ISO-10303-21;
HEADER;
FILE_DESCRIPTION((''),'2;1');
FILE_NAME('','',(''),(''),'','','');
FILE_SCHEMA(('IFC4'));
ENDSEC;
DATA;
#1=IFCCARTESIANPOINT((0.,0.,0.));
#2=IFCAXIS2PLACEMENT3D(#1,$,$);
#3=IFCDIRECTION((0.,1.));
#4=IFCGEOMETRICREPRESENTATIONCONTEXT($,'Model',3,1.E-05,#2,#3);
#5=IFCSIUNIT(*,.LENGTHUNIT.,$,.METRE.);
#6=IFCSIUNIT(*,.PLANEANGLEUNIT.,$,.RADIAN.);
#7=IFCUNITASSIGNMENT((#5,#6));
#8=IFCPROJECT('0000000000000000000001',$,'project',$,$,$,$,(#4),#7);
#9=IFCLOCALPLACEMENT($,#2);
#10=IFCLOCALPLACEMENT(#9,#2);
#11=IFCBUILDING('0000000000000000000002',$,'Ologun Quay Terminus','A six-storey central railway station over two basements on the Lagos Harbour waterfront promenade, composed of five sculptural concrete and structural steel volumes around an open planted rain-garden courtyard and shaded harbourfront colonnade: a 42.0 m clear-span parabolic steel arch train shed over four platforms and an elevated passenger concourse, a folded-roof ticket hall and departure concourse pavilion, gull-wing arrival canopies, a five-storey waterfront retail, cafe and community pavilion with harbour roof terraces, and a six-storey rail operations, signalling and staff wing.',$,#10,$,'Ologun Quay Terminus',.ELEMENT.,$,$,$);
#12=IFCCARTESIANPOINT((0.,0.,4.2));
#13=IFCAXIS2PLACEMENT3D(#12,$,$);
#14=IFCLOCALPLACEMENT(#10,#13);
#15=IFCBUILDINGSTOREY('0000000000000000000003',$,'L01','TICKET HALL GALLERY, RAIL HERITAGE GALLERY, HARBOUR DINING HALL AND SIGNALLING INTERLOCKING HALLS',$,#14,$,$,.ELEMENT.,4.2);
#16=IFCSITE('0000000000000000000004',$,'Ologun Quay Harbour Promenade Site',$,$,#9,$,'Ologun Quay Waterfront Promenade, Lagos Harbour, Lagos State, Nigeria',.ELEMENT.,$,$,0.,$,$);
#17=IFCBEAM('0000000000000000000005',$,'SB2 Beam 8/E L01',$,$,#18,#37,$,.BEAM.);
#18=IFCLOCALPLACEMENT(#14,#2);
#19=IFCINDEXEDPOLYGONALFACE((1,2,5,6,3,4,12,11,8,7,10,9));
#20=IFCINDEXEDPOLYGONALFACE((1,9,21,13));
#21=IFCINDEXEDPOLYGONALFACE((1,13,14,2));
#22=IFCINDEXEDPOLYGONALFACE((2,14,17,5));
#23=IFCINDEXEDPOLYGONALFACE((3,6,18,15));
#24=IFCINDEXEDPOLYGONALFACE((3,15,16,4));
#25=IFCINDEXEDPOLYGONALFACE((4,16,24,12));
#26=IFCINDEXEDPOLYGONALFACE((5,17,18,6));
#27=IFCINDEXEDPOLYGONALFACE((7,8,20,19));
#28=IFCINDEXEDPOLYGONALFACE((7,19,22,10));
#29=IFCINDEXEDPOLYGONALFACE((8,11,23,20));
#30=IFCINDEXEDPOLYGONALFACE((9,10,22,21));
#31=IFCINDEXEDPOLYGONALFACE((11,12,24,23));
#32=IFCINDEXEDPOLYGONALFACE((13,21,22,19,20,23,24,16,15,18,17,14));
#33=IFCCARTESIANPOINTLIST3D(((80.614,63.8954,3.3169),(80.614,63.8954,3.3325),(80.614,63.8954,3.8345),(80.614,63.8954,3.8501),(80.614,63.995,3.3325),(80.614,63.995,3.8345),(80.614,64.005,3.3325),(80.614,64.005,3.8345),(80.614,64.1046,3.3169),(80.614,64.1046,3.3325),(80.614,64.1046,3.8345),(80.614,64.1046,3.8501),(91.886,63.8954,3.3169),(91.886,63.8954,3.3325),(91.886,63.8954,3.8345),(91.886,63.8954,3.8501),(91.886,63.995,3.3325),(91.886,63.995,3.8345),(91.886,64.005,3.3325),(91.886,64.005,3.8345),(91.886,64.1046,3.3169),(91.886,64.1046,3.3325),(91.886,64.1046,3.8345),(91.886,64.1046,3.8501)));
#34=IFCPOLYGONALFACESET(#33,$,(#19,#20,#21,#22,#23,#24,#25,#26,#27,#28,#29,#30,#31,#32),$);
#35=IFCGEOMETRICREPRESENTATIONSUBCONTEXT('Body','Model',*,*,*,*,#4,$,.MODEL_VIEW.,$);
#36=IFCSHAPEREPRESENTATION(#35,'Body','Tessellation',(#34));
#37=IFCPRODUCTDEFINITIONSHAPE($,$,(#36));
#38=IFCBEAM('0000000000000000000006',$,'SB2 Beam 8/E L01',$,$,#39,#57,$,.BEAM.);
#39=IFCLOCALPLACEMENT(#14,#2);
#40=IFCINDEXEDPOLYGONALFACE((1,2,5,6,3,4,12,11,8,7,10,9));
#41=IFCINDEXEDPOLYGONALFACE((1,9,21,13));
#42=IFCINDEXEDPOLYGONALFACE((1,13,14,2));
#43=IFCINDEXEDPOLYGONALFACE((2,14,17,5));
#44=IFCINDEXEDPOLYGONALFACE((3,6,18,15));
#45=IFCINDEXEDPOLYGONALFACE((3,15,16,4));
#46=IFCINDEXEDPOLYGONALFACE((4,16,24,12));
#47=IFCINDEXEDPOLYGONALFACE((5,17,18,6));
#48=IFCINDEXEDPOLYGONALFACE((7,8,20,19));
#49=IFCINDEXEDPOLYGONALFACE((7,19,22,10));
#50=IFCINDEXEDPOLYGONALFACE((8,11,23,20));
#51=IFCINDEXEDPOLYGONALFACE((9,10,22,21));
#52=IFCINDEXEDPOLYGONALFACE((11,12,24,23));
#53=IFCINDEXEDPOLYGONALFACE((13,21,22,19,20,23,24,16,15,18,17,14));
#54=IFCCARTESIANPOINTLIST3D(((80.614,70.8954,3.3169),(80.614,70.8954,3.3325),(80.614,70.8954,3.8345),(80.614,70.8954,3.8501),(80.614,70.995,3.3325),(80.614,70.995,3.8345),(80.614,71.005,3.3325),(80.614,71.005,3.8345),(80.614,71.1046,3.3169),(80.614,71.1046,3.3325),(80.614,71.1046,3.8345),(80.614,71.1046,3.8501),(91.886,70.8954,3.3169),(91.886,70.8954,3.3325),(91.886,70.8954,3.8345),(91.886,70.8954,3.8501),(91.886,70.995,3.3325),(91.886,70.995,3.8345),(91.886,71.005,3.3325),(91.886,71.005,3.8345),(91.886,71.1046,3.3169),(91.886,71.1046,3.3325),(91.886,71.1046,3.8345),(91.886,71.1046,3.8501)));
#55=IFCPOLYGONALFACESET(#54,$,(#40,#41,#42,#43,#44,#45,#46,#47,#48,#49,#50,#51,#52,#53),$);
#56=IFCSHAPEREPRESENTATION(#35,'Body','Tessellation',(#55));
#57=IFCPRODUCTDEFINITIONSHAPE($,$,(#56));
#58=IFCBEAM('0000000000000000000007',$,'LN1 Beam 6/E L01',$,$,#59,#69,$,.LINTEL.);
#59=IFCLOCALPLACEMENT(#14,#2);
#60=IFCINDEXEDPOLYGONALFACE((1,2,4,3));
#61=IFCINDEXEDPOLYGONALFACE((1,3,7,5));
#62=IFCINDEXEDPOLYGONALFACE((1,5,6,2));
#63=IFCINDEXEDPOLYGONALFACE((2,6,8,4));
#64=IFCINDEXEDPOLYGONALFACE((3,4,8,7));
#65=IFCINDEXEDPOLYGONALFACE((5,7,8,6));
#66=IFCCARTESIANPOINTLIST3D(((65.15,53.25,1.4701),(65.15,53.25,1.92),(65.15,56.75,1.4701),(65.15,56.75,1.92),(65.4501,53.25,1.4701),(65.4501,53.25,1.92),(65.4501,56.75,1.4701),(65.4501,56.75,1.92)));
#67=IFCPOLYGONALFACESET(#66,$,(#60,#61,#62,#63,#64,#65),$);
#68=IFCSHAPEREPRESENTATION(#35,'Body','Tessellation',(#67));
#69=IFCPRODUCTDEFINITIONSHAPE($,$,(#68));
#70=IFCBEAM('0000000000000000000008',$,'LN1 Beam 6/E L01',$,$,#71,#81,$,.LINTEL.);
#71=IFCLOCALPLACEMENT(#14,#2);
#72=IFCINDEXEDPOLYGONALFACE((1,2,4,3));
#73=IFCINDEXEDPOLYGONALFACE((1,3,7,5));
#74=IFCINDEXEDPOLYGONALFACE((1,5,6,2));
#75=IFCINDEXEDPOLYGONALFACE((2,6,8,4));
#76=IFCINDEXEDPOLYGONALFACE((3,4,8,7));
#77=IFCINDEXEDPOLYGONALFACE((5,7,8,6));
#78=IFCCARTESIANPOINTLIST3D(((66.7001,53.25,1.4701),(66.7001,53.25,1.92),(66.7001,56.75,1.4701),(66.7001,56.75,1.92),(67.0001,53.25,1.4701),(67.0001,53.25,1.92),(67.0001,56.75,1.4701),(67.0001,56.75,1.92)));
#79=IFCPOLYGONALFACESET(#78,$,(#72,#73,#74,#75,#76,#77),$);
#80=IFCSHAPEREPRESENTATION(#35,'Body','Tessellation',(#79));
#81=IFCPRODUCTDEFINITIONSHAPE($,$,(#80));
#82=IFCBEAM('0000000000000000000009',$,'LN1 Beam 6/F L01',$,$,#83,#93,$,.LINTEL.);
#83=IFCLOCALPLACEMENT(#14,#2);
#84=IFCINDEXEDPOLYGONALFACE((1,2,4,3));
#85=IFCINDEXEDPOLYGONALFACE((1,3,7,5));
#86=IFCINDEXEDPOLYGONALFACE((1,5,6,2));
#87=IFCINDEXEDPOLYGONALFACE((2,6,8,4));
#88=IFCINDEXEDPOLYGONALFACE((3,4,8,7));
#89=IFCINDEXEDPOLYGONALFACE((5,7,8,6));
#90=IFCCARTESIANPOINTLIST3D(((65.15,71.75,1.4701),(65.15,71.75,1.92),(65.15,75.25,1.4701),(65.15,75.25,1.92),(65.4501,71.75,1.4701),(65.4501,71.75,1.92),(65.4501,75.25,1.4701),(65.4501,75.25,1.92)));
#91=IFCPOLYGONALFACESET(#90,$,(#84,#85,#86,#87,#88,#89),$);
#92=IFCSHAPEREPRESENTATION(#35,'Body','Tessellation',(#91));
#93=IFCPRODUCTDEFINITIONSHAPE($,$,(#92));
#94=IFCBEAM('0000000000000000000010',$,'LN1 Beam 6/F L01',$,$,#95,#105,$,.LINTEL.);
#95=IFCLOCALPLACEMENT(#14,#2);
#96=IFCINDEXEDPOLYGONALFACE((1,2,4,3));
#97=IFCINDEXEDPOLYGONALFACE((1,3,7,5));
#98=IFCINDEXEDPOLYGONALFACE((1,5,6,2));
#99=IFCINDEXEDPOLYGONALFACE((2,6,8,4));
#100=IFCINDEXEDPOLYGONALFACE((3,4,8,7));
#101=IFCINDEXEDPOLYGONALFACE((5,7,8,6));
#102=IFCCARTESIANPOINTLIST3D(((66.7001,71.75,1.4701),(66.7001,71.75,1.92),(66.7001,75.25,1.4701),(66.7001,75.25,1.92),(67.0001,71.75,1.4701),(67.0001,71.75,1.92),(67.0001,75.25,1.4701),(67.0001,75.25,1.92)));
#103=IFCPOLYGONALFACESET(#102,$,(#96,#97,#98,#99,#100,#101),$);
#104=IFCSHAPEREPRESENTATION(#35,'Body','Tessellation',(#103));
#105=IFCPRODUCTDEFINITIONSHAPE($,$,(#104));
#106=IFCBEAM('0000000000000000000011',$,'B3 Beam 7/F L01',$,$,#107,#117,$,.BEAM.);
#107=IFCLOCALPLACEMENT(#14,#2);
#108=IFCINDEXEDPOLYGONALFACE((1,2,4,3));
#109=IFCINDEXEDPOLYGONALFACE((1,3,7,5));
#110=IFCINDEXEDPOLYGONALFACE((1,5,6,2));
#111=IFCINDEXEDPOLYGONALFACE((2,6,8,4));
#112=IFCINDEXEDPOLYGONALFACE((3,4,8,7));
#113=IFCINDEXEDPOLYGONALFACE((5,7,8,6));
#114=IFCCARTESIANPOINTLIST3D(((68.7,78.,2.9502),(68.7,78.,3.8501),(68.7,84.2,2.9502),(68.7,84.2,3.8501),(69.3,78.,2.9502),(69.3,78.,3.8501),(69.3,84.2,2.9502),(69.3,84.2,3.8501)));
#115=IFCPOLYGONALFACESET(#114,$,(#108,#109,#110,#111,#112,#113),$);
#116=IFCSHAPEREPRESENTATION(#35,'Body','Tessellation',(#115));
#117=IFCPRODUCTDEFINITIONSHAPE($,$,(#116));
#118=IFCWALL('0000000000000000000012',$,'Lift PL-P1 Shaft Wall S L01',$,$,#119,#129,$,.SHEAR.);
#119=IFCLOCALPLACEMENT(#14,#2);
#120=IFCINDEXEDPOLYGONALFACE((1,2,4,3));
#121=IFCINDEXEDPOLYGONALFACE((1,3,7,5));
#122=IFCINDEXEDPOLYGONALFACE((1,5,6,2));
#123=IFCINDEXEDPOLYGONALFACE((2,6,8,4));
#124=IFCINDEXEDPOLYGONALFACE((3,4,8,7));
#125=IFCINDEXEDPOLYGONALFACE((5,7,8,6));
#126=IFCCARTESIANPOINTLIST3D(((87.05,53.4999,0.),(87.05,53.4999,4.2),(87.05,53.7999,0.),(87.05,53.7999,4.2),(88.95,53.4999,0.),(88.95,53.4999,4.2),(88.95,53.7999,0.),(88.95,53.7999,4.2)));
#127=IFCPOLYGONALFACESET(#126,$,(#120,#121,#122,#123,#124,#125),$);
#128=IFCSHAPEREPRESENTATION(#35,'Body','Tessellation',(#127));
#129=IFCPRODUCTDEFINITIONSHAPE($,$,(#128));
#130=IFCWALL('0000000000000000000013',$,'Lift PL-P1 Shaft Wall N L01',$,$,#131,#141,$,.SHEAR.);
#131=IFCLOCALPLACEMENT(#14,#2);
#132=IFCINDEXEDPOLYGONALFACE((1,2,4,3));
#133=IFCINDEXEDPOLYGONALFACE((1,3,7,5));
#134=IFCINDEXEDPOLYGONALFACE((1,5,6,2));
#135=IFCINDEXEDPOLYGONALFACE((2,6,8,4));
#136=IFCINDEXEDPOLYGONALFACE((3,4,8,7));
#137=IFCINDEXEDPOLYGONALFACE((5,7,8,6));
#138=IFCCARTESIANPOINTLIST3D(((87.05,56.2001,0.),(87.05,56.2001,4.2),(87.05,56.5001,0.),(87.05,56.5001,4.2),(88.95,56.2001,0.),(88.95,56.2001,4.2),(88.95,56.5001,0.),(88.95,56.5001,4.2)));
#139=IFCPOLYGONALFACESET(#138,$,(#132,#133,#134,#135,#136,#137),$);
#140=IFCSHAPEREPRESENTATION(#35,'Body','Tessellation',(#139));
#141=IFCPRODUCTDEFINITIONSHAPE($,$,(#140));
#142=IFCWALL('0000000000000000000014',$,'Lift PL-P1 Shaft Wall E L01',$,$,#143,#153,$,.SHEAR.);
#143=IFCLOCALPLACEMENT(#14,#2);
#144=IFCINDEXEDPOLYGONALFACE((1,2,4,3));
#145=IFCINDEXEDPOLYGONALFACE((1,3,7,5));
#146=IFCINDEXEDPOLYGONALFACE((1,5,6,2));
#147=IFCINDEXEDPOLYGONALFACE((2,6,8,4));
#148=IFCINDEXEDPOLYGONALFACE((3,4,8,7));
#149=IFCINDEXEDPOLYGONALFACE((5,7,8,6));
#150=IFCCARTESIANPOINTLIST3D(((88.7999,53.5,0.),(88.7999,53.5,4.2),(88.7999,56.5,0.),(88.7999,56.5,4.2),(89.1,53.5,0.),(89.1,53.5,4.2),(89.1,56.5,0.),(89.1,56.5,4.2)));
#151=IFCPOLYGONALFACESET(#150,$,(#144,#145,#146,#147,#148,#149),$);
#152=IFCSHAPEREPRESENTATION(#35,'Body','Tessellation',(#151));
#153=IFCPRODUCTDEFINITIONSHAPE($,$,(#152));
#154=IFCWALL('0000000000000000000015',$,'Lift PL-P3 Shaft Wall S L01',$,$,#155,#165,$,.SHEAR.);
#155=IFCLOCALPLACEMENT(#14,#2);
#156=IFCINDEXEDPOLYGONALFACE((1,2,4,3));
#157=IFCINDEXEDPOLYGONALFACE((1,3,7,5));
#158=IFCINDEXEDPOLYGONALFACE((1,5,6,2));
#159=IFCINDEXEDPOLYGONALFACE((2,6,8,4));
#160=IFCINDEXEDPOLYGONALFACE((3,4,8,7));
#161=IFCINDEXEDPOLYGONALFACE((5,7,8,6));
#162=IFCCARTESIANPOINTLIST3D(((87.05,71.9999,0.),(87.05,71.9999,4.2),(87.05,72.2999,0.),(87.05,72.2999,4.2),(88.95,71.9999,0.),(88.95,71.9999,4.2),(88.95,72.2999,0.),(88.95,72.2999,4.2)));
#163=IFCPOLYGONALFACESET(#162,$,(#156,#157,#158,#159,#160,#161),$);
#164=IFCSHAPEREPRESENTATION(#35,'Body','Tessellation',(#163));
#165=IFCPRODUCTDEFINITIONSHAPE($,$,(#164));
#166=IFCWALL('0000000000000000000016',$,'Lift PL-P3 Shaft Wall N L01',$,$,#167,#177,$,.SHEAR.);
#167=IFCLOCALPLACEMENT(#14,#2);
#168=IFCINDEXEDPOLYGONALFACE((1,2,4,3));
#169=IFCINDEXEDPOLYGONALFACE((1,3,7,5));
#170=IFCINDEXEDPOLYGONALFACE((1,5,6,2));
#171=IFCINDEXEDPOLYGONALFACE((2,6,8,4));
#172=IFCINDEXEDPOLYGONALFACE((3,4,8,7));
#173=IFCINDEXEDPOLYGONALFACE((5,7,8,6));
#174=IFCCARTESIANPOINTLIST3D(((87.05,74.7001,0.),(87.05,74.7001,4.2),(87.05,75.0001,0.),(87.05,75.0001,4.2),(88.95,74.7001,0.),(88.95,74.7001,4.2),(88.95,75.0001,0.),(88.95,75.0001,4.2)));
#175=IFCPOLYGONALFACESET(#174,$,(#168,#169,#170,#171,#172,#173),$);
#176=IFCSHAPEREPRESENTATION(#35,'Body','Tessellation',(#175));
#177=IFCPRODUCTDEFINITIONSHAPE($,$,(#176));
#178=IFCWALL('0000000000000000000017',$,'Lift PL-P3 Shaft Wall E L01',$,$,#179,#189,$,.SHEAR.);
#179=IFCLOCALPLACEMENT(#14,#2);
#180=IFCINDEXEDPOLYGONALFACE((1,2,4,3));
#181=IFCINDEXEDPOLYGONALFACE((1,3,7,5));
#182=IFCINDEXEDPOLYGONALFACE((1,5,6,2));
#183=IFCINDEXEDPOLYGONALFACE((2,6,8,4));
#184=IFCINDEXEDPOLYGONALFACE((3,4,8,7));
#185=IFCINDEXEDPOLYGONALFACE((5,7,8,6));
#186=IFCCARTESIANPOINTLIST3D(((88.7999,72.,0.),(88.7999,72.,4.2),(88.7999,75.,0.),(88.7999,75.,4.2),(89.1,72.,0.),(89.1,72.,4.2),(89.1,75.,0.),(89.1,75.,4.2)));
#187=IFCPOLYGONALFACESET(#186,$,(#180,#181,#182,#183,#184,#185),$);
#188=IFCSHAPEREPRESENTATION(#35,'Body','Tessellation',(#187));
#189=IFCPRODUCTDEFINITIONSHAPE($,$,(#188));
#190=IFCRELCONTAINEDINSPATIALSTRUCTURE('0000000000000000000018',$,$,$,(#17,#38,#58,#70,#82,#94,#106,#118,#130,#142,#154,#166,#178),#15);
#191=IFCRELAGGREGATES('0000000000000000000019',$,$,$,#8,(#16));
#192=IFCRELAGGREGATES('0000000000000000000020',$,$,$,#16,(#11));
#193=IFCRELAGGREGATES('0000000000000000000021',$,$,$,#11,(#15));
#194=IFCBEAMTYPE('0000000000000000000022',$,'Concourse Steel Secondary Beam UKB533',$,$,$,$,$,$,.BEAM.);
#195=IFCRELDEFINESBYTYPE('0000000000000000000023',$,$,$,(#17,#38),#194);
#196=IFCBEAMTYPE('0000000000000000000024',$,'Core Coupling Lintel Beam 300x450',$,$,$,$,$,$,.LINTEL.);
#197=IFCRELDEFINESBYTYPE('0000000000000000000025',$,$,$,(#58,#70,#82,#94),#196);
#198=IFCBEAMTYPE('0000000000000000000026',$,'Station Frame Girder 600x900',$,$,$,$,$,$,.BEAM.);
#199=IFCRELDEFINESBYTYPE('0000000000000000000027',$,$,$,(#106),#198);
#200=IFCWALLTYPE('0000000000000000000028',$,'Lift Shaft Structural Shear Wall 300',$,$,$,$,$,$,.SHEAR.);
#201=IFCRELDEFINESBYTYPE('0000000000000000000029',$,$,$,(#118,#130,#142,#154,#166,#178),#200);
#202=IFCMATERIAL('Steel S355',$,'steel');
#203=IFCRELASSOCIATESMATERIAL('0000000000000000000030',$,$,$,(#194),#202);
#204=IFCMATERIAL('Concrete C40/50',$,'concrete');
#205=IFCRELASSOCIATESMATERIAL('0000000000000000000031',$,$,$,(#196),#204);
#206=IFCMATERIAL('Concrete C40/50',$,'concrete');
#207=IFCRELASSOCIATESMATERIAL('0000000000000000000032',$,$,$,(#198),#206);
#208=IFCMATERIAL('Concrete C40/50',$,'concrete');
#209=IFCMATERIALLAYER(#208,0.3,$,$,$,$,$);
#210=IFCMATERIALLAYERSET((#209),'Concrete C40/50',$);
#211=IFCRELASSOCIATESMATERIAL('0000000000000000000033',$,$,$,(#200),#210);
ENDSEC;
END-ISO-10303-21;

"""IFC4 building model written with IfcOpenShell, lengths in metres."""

from ifc_helpers import new_model, si_unit, direction, frame, frame_2d, origin, origin_2d, place, context, subcontext, project, spatial, rectangle, i_section, extrude, material, layer, layer_set, material_profile, profile_set, type_object, element, save


model = new_model("IFC4")

# Units and contexts
model_context = context("Model", 3, precision=1e-05, world=origin(), true_north=direction((0.0, 1.0)))
body_context = subcontext(model_context, "Body", "Model", "MODEL_VIEW")
ifc_project = project(units=[si_unit("LENGTHUNIT", "METRE"), si_unit("PLANEANGLEUNIT", "RADIAN")], contexts=[model_context])

# Site, building, storey
site_placement = place(None, origin())
site = spatial("IfcSite", under=ifc_project, at=site_placement, Name="Ologun Quay Harbour Promenade Site", LongName="Ologun Quay Waterfront Promenade, Lagos Harbour, Lagos State, Nigeria", CompositionType="ELEMENT", RefElevation=0.0)
building_placement = place(site_placement, origin())
building = spatial("IfcBuilding", under=site, at=building_placement, Name="Ologun Quay Terminus", Description="A six-storey central railway station over two basements on the Lagos Harbour waterfront promenade, composed of five sculptural concrete and structural steel volumes around an open planted rain-garden courtyard and shaded harbourfront colonnade: a 42.0 m clear-span parabolic steel arch train shed over four platforms and an elevated passenger concourse, a folded-roof ticket hall and departure concourse pavilion, gull-wing arrival canopies, a five-storey waterfront retail, cafe and community pavilion with harbour roof terraces, and a six-storey rail operations, signalling and staff wing.", LongName="Ologun Quay Terminus", CompositionType="ELEMENT")
storey_placement = place(building_placement, frame((0.0, 0.0, 4.2)))
storey = spatial("IfcBuildingStorey", under=building, at=storey_placement, Name="L01", Description="TICKET HALL GALLERY, RAIL HERITAGE GALLERY, HARBOUR DINING HALL AND SIGNALLING INTERLOCKING HALLS", CompositionType="ELEMENT", Elevation=4.2)

# Beams
ifc_material_1 = material(Name="Steel S355", Category="steel")
ifc_material_profile_1 = material_profile(ifc_material_1, i_section(OverallWidth=0.2092, OverallDepth=0.5332, WebThickness=0.01, FlangeThickness=0.0156, at=origin_2d()), Name="UKB 533x210x92")
ifc_profile_set_1 = profile_set([ifc_material_profile_1], Name="Steel S355")
beam_type_1 = type_object("IfcBeamType", Name="Concourse Steel Secondary Beam UKB533", PredefinedType="BEAM", material=ifc_profile_set_1)
for number, where, z_axis, x_axis, name in (
    (1, (80.614, 64.0, 3.5835), (1.0, 0.0, 0.0), (0.0, 1.0, 0.0), "SB2 Beam 8/E L01"),
    (2, (80.614, 71.0, 3.5835), (1.0, 0.0, 0.0), (0.0, 1.0, 0.0), "SB2 Beam 8/E L01"),
):
    element("IfcBeam", number, at=place(storey_placement, frame(where, z_axis=z_axis, x_axis=x_axis)), inside=storey, type_object=beam_type_1, Name=name, PredefinedType="BEAM", context=body_context, shape_type="SweptSolid", body=[
        extrude(i_section(OverallWidth=0.2092, OverallDepth=0.5332, WebThickness=0.01, FlangeThickness=0.0156, at=origin_2d()), origin(), (0.0, 0.0, 1.0), 11.272),
    ])
ifc_material_2 = material(Name="Concrete C40/50", Category="concrete")
ifc_material_profile_2 = material_profile(ifc_material_2, rectangle(XDim=0.3, YDim=0.45, at=origin_2d()), Name="RC 300x450")
ifc_profile_set_2 = profile_set([ifc_material_profile_2], Name="Concrete C40/50")
beam_type_2 = type_object("IfcBeamType", Name="Core Coupling Lintel Beam 300x450", PredefinedType="LINTEL", material=ifc_profile_set_2)
for number, where, z_axis, x_axis, name in (
    (3, (65.3, 53.25, 1.6951), (0.0, 1.0, 0.0), (-1.0, 0.0, 0.0), "LN1 Beam 6/E L01"),
    (4, (66.8501, 53.25, 1.6951), (0.0, 1.0, 0.0), (-1.0, 0.0, 0.0), "LN1 Beam 6/E L01"),
    (5, (65.3, 71.75, 1.6951), (0.0, 1.0, 0.0), (-1.0, 0.0, 0.0), "LN1 Beam 6/F L01"),
    (6, (66.8501, 71.75, 1.6951), (0.0, 1.0, 0.0), (-1.0, 0.0, 0.0), "LN1 Beam 6/F L01"),
):
    element("IfcBeam", number, at=place(storey_placement, frame(where, z_axis=z_axis, x_axis=x_axis)), inside=storey, type_object=beam_type_2, Name=name, PredefinedType="LINTEL", context=body_context, shape_type="SweptSolid", body=[
        extrude(rectangle(XDim=0.3, YDim=0.45, at=origin_2d()), origin(), (0.0, 0.0, 1.0), 3.5),
    ])
ifc_material_3 = material(Name="Concrete C40/50", Category="concrete")
ifc_material_profile_3 = material_profile(ifc_material_3, rectangle(XDim=0.6001, YDim=0.8999, at=origin_2d()), Name="RC 600x900")
ifc_profile_set_3 = profile_set([ifc_material_profile_3], Name="Concrete C40/50")
beam_type_3 = type_object("IfcBeamType", Name="Station Frame Girder 600x900", PredefinedType="BEAM", material=ifc_profile_set_3)
beam_1_placement = place(storey_placement, frame((69.0, 78.0, 3.4001), z_axis=(0.0, 1.0, 0.0), x_axis=(-1.0, 0.0, 0.0)))
element("IfcBeam", 7, at=beam_1_placement, inside=storey, type_object=beam_type_3, Name="B3 Beam 7/F L01", PredefinedType="BEAM", context=body_context, shape_type="SweptSolid", body=[
    extrude(rectangle(XDim=0.6001, YDim=0.8999, at=origin_2d()), origin(), (0.0, 0.0, 1.0), 6.2),
])

# Walls
ifc_material_4 = material(Name="Concrete C40/50", Category="concrete")
ifc_layer = layer(ifc_material_4, 0.3)
ifc_layer_set = layer_set([ifc_layer], Name="Concrete C40/50")
wall_type = type_object("IfcWallType", Name="Lift Shaft Structural Shear Wall 300", PredefinedType="SHEAR", material=ifc_layer_set)
for number, where, z_axis, x_axis, name in (
    (8, (87.05, 53.6499, 0.0), (0.0, 0.0, 1.0), (1.0, 0.0, 0.0), "Lift PL-P1 Shaft Wall S L01"),
    (9, (87.05, 56.3501, 0.0), (0.0, 0.0, 1.0), (1.0, 0.0, 0.0), "Lift PL-P1 Shaft Wall N L01"),
):
    element("IfcWall", number, at=place(storey_placement, frame(where, z_axis=z_axis, x_axis=x_axis)), inside=storey, type_object=wall_type, Name=name, PredefinedType="SHEAR", context=body_context, shape_type="SweptSolid", body=[
        extrude(rectangle(XDim=1.8999, YDim=0.3, at=frame_2d((0.95, 0.0))), origin(), (0.0, 0.0, 1.0), 4.2),
    ])
wall_1_placement = place(storey_placement, frame((88.95, 53.5, 0.0), z_axis=(0.0, 0.0, 1.0), x_axis=(0.0, 1.0, 0.0)))
element("IfcWall", 10, at=wall_1_placement, inside=storey, type_object=wall_type, Name="Lift PL-P1 Shaft Wall E L01", PredefinedType="SHEAR", context=body_context, shape_type="SweptSolid", body=[
    extrude(rectangle(XDim=3.0, YDim=0.3, at=frame_2d((1.5, 0.0))), origin(), (0.0, 0.0, 1.0), 4.2),
])
for number, where, z_axis, x_axis, name in (
    (11, (87.05, 72.1499, 0.0), (0.0, 0.0, 1.0), (1.0, 0.0, 0.0), "Lift PL-P3 Shaft Wall S L01"),
    (12, (87.05, 74.8501, 0.0), (0.0, 0.0, 1.0), (1.0, 0.0, 0.0), "Lift PL-P3 Shaft Wall N L01"),
):
    element("IfcWall", number, at=place(storey_placement, frame(where, z_axis=z_axis, x_axis=x_axis)), inside=storey, type_object=wall_type, Name=name, PredefinedType="SHEAR", context=body_context, shape_type="SweptSolid", body=[
        extrude(rectangle(XDim=1.8999, YDim=0.3, at=frame_2d((0.95, 0.0))), origin(), (0.0, 0.0, 1.0), 4.2),
    ])
wall_2_placement = place(storey_placement, frame((88.95, 72.0, 0.0), z_axis=(0.0, 0.0, 1.0), x_axis=(0.0, 1.0, 0.0)))
element("IfcWall", 13, at=wall_2_placement, inside=storey, type_object=wall_type, Name="Lift PL-P3 Shaft Wall E L01", PredefinedType="SHEAR", context=body_context, shape_type="SweptSolid", body=[
    extrude(rectangle(XDim=3.0, YDim=0.3, at=frame_2d((1.5, 0.0))), origin(), (0.0, 0.0, 1.0), 4.2),
])

save(model, "model.ifc")
